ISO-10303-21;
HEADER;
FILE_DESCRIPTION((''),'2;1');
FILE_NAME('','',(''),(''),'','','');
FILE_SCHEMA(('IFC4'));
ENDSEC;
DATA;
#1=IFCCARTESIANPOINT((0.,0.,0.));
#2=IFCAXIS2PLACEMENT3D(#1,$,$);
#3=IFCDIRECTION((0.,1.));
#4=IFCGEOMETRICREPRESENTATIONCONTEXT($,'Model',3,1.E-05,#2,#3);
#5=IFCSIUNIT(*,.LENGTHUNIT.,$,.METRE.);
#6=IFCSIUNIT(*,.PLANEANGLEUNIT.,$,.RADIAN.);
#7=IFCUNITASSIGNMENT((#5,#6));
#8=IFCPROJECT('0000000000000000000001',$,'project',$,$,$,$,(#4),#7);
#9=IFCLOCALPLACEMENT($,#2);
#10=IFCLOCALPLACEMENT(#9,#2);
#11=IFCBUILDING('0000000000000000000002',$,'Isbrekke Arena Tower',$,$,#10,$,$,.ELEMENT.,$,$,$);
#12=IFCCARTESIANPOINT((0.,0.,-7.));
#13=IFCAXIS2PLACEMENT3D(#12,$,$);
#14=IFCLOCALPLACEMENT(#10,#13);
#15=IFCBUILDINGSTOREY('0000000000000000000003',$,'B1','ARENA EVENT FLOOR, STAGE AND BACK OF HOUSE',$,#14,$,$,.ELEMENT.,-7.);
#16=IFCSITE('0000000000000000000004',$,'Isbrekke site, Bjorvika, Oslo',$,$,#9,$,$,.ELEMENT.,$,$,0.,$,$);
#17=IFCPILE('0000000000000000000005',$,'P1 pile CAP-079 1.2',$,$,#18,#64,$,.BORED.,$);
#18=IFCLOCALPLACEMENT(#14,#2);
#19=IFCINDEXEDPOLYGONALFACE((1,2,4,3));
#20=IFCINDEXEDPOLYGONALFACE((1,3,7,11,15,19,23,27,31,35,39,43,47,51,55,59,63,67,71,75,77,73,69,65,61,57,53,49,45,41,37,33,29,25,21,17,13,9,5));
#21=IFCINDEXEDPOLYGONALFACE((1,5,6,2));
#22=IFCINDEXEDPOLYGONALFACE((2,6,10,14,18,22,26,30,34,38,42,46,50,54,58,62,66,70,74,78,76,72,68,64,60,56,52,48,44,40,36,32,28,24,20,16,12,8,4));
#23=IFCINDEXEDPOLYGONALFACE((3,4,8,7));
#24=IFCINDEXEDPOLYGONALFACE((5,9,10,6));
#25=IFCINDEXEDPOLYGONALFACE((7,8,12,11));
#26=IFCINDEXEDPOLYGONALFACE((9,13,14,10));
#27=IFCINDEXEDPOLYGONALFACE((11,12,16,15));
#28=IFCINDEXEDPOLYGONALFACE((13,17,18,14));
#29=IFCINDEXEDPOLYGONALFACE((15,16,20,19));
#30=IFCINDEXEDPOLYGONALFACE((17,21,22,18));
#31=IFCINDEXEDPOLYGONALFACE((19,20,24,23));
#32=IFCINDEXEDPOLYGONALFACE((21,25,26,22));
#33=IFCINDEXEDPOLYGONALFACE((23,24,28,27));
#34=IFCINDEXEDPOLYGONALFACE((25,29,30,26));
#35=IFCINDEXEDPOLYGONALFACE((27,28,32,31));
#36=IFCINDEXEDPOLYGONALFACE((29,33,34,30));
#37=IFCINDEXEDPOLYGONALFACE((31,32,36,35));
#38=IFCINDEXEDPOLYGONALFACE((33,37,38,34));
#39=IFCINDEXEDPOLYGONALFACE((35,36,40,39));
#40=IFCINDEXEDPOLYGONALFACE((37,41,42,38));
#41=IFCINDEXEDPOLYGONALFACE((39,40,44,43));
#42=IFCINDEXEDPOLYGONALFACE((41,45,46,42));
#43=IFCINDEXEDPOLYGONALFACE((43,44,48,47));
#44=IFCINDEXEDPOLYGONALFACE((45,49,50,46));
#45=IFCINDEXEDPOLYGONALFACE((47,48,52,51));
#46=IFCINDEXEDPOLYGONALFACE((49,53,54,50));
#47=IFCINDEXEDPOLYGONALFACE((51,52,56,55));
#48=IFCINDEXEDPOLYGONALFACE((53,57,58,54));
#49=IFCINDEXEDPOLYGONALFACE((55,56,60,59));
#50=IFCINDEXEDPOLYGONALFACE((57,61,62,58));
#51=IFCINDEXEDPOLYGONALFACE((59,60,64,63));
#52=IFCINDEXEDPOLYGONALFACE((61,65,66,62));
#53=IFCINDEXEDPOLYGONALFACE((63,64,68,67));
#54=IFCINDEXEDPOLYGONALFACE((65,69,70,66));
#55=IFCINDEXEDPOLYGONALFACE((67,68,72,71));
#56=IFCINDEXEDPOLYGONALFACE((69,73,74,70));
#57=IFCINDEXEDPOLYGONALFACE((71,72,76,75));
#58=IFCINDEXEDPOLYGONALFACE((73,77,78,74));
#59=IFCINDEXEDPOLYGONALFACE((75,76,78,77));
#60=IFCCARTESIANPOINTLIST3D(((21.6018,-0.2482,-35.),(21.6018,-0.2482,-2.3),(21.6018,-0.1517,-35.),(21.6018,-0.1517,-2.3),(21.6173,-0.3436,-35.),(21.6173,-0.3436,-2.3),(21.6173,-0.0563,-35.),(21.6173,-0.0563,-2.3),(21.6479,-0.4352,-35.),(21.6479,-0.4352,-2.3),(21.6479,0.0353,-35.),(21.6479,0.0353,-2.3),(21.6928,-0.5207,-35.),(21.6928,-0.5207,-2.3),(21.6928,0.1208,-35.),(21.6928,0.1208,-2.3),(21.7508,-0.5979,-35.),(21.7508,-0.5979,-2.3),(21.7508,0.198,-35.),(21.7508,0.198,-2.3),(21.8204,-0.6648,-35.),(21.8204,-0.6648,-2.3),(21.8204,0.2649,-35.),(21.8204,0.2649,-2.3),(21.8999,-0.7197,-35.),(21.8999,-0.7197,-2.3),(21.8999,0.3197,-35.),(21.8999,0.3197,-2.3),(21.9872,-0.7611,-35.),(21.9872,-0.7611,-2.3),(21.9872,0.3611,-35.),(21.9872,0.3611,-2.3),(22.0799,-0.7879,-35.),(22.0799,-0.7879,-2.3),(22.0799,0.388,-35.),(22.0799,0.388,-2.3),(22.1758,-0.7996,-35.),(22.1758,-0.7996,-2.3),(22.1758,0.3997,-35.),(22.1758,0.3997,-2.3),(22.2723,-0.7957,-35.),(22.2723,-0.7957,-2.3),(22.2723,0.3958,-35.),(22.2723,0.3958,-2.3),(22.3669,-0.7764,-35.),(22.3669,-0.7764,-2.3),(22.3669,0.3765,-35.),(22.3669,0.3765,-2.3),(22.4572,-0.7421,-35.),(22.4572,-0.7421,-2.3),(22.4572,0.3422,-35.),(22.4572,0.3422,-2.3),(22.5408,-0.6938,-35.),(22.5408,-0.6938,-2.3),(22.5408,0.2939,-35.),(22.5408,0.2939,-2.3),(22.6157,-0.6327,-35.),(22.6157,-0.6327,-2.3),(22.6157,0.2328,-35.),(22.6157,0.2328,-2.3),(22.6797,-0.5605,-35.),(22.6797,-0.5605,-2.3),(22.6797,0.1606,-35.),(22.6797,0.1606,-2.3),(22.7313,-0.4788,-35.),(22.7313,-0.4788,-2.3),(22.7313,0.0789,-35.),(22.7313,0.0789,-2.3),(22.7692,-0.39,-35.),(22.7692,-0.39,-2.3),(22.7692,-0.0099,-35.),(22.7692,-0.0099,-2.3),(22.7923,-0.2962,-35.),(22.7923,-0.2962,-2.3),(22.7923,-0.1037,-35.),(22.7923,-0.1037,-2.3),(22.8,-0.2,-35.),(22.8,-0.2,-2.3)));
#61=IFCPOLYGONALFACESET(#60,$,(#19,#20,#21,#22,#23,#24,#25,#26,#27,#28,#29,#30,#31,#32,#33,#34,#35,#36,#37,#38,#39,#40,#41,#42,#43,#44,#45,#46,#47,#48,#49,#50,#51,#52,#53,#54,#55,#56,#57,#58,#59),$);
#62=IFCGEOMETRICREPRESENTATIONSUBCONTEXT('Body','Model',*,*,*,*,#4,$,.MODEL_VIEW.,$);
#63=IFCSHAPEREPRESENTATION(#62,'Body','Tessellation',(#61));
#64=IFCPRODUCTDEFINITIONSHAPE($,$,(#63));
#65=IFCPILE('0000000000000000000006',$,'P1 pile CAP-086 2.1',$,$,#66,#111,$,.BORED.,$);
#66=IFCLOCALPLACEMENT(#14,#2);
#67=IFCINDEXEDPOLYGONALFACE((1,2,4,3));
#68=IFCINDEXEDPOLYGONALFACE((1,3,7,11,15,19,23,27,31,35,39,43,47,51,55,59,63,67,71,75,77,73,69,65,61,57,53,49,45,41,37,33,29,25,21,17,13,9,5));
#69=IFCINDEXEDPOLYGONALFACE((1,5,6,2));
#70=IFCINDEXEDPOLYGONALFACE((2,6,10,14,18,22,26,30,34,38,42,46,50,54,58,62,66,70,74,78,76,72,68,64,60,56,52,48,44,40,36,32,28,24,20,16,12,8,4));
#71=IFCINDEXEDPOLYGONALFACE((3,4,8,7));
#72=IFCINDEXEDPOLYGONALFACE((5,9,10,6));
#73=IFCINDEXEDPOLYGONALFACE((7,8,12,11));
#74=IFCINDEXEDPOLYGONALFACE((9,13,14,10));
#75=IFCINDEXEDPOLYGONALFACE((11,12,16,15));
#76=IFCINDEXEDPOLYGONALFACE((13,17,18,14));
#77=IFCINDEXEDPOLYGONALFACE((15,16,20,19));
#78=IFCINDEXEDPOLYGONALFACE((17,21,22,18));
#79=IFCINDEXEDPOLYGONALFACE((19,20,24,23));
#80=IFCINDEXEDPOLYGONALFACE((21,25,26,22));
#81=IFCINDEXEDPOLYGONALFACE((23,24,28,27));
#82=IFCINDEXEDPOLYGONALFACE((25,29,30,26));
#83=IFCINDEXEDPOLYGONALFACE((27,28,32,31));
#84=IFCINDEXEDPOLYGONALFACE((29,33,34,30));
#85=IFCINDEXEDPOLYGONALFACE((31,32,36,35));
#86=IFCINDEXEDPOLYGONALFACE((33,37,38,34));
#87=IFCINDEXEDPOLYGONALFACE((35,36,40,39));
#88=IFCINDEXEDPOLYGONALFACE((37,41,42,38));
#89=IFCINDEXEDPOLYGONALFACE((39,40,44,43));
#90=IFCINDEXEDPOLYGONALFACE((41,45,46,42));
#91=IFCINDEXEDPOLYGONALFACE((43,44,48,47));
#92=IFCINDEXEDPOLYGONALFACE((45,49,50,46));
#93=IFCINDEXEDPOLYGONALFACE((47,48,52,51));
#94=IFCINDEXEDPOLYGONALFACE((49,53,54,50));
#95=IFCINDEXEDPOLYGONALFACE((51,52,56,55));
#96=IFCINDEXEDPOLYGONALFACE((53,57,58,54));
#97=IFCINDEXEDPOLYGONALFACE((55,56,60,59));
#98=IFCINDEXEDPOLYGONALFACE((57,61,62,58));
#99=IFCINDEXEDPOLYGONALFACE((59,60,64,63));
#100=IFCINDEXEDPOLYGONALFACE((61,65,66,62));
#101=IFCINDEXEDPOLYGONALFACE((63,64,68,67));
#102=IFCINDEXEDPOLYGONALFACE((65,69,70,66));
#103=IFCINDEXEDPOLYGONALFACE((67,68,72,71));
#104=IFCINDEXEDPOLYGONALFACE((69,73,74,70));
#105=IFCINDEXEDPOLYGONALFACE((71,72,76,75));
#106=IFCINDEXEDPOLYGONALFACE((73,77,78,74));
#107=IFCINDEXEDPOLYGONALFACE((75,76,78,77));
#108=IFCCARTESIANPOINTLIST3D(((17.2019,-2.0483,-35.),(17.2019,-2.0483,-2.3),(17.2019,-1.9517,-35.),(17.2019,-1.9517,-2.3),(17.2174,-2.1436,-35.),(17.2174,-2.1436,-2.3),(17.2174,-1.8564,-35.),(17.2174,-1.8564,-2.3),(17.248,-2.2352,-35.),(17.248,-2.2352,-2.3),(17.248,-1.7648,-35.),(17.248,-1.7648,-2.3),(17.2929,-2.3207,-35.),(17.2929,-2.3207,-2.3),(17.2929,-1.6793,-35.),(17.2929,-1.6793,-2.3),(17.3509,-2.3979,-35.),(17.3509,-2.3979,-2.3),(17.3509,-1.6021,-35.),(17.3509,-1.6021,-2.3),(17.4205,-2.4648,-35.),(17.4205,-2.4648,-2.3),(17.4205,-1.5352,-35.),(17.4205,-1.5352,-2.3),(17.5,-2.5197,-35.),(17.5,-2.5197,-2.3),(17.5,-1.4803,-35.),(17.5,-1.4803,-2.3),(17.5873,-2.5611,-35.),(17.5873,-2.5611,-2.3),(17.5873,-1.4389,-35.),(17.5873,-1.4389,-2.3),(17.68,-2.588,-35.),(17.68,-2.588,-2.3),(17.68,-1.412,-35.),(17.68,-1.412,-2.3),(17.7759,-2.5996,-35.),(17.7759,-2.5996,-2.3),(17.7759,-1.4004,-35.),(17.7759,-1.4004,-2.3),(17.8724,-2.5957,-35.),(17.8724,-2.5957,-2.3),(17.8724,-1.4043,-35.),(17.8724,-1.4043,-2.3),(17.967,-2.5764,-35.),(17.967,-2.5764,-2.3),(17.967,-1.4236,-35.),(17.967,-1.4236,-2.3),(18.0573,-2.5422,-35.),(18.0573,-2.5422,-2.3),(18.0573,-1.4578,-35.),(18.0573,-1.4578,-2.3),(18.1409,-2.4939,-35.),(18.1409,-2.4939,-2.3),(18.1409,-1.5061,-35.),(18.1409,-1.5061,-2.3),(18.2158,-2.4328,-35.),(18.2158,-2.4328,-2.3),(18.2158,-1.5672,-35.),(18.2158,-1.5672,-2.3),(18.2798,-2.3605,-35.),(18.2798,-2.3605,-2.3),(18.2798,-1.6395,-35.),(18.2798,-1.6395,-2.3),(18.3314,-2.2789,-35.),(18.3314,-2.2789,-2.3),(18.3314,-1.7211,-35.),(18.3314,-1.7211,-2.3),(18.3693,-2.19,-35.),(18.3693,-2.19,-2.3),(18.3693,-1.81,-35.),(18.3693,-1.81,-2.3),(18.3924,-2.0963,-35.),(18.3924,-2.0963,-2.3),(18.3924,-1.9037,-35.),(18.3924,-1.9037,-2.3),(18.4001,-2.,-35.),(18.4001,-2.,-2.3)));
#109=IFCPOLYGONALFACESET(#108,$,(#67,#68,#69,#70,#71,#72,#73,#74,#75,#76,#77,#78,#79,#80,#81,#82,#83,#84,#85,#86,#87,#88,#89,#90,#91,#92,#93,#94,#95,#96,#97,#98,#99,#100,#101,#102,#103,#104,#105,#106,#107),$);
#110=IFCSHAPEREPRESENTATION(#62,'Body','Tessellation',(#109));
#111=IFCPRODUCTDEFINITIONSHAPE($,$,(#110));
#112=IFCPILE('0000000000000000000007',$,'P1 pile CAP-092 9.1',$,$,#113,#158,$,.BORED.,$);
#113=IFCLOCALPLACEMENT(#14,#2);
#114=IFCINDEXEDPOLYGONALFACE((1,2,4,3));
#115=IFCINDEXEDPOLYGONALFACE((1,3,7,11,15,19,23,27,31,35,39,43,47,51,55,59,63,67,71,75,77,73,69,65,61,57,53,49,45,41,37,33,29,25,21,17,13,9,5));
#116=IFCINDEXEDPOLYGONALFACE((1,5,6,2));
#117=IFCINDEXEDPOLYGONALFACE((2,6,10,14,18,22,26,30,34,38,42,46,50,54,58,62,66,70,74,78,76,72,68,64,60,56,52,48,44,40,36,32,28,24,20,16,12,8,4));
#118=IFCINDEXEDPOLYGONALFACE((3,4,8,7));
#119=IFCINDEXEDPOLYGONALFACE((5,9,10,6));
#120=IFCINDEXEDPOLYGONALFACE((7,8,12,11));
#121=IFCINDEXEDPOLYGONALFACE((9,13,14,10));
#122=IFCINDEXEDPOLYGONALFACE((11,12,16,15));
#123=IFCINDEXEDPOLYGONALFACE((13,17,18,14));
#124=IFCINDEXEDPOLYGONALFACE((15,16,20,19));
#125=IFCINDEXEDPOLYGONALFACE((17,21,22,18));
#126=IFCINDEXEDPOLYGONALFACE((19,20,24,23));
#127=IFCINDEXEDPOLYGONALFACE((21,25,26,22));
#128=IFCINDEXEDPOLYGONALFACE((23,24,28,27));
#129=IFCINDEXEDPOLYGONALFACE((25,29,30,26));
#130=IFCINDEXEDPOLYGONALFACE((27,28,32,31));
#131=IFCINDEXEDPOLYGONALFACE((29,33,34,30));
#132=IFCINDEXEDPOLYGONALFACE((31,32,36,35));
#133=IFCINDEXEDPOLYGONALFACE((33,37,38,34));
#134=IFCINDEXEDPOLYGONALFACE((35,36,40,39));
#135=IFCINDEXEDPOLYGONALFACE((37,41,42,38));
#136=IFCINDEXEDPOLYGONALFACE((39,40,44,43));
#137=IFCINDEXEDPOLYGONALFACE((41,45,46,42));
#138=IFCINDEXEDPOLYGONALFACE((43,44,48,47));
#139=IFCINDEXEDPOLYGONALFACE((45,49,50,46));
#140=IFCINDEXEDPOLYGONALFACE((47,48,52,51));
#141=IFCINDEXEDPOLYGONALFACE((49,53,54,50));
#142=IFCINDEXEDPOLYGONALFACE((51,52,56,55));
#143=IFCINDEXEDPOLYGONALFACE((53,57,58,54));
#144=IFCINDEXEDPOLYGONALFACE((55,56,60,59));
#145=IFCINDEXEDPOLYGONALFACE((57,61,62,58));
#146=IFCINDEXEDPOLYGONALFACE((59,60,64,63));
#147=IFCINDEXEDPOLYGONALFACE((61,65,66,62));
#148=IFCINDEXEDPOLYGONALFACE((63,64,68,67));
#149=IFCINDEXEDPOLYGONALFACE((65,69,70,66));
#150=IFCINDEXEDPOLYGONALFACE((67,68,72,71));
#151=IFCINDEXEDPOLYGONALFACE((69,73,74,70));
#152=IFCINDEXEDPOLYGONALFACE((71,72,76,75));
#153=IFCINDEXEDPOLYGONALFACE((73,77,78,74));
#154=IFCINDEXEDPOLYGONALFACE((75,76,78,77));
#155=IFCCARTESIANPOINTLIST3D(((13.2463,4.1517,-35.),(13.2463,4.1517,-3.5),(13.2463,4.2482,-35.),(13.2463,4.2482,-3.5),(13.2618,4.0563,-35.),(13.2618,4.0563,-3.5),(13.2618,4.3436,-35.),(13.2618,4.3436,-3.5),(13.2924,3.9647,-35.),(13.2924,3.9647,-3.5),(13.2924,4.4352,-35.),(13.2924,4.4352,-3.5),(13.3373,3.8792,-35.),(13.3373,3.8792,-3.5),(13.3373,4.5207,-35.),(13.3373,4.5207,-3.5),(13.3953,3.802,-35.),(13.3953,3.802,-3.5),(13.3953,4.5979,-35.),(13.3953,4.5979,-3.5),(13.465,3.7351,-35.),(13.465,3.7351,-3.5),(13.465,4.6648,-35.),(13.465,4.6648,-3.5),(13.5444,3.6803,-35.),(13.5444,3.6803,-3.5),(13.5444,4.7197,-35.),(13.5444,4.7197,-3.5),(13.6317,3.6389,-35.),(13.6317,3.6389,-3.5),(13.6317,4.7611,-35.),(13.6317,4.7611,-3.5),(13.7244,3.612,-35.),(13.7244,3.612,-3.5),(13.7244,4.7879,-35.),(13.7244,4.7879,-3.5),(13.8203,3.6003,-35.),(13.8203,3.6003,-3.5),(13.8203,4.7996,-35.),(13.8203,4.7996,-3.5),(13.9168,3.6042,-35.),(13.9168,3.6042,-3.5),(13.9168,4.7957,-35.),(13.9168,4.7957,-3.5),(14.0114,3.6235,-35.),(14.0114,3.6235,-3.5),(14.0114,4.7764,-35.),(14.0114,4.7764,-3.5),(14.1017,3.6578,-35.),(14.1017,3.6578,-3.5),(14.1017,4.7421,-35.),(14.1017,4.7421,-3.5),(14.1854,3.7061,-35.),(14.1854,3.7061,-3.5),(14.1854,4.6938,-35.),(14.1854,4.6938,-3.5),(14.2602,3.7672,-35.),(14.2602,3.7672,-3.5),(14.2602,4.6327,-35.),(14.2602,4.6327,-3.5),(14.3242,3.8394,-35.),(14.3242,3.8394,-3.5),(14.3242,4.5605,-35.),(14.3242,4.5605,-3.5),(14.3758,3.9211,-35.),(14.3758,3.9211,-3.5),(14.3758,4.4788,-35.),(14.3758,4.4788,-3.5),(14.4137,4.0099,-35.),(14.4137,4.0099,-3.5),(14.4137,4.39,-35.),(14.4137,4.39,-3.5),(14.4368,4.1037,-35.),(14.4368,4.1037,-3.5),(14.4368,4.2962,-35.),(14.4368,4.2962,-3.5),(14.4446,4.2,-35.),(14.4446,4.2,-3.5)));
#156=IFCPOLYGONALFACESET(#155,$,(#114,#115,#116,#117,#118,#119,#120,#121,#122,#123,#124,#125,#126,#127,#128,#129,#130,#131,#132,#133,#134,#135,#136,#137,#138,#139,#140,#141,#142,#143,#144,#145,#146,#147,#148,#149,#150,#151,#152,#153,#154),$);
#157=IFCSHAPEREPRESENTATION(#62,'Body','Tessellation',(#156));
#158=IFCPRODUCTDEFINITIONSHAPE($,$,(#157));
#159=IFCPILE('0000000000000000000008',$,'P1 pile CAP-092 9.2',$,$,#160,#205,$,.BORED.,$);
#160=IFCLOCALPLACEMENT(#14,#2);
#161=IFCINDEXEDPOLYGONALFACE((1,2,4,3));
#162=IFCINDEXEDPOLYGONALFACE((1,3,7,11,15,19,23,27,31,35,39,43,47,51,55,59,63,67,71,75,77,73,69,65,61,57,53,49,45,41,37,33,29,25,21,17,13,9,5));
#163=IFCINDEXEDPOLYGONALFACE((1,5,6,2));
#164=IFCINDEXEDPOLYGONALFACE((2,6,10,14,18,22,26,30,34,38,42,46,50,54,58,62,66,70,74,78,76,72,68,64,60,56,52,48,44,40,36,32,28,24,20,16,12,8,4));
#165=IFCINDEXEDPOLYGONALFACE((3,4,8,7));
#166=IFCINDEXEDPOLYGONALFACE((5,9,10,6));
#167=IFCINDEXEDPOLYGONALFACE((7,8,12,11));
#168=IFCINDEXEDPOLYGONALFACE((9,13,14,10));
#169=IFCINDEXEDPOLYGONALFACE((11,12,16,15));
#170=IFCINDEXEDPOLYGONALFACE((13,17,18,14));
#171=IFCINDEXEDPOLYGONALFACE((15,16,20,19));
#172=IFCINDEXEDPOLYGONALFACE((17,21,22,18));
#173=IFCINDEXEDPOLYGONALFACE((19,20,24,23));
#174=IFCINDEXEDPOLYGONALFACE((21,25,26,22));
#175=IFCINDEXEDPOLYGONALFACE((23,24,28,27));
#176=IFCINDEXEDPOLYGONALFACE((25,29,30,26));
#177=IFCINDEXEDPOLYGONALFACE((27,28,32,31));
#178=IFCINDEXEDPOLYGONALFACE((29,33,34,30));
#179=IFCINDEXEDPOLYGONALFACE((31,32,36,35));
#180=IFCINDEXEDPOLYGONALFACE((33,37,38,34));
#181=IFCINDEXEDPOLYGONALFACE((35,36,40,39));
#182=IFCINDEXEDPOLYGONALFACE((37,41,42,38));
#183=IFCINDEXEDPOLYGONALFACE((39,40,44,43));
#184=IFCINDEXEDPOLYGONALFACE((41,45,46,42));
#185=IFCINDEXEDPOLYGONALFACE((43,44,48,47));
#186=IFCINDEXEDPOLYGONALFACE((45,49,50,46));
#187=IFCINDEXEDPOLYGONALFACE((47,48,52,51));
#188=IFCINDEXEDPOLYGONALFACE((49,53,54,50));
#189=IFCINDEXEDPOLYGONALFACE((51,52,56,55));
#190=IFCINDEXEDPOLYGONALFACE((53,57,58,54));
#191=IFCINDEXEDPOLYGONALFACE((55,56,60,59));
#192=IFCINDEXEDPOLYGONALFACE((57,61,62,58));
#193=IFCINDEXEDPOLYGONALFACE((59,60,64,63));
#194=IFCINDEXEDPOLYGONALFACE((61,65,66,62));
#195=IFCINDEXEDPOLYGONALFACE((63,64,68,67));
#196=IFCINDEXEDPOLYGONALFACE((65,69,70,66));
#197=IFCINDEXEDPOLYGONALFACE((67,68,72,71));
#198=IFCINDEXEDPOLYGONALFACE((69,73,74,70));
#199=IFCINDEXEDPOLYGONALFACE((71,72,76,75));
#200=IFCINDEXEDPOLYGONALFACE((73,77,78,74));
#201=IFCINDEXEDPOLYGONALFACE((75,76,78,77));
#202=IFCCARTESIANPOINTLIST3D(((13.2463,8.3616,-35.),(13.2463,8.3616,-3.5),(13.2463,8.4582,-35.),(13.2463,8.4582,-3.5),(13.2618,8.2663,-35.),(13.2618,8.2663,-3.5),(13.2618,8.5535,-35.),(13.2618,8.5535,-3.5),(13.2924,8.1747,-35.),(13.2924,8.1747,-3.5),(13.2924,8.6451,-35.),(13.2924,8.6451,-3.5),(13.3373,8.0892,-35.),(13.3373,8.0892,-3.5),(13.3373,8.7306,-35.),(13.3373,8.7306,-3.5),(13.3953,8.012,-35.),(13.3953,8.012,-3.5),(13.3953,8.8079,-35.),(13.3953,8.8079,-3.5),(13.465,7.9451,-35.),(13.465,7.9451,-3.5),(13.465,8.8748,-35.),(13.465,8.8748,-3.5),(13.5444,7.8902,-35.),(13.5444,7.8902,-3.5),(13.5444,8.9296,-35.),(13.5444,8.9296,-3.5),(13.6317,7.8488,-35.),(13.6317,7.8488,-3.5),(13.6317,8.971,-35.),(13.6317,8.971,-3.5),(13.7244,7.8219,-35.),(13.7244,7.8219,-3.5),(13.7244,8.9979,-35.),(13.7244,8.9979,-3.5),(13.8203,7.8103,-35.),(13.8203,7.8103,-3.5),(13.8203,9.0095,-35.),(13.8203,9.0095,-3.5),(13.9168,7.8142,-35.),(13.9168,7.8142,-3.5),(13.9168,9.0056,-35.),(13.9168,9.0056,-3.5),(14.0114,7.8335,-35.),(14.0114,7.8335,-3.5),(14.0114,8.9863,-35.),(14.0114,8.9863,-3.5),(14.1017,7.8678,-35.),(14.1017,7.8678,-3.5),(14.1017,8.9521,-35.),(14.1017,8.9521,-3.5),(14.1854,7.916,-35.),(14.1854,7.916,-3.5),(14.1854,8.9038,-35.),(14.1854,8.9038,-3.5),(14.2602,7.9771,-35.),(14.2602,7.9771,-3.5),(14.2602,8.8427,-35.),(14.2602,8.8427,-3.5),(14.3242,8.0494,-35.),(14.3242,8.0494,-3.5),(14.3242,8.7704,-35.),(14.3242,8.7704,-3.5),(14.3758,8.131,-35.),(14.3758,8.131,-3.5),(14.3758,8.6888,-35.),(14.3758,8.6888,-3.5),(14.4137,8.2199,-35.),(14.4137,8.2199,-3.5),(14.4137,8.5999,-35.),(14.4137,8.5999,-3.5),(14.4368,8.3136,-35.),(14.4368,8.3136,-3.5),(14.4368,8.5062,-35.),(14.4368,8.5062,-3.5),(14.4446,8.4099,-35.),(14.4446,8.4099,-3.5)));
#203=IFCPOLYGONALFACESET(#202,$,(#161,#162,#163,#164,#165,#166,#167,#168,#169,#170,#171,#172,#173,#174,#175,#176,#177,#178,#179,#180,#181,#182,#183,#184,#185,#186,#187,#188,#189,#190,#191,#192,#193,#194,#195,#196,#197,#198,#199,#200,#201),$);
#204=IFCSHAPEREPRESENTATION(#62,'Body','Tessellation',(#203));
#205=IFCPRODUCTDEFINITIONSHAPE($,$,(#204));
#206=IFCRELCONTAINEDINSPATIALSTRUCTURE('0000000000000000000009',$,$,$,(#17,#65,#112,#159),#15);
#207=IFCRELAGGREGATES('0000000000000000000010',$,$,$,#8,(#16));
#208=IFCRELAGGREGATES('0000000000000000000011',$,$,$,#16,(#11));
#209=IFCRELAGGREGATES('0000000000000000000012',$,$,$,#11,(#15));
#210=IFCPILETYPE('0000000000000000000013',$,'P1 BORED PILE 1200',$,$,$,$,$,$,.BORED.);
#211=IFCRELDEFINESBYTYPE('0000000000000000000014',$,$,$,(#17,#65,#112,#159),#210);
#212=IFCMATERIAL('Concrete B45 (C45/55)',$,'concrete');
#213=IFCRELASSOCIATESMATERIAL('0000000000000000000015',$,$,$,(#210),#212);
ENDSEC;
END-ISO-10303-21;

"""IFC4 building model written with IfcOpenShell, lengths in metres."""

from ifc_helpers import new_model, si_unit, direction, frame, origin, origin_2d, place, context, subcontext, project, spatial, circle, extrude, material, material_profile, profile_set, type_object, element, save


model = new_model("IFC4")

# Units and contexts
model_context = context("Model", 3, precision=1e-05, world=origin(), true_north=direction((0.0, 1.0)))
body_context = subcontext(model_context, "Body", "Model", "MODEL_VIEW")
ifc_project = project(units=[si_unit("LENGTHUNIT", "METRE"), si_unit("PLANEANGLEUNIT", "RADIAN")], contexts=[model_context])

# Site, building, storey
site_placement = place(None, origin())
site = spatial("IfcSite", under=ifc_project, at=site_placement, Name="Isbrekke site, Bjorvika, Oslo", CompositionType="ELEMENT", RefElevation=0.0)
building_placement = place(site_placement, origin())
building = spatial("IfcBuilding", under=site, at=building_placement, Name="Isbrekke Arena Tower", CompositionType="ELEMENT")
storey_placement = place(building_placement, frame((0.0, 0.0, -7.0)))
storey = spatial("IfcBuildingStorey", under=building, at=storey_placement, Name="B1", Description="ARENA EVENT FLOOR, STAGE AND BACK OF HOUSE", CompositionType="ELEMENT", Elevation=-7.0)

# Piles
ifc_material_1 = material(Name="Concrete B45 (C45/55)", Category="concrete")
ifc_material_profile_1 = material_profile(ifc_material_1, circle(Radius=0.6001, at=origin_2d()), Name="BORED PILE D1200")
ifc_profile_set_1 = profile_set([ifc_material_profile_1], Name="Concrete B45 (C45/55)")
pile_type = type_object("IfcPileType", Name="P1 BORED PILE 1200", PredefinedType="BORED", material=ifc_profile_set_1)
for number, where, z_axis, x_axis, name in (
    (1, (22.2, -0.2, -2.3), (0.0, 0.0, -1.0), (1.0, 0.0, 0.0), "P1 pile CAP-079 1.2"),
    (2, (17.8, -2.0, -2.3), (0.0, 0.0, -1.0), (1.0, 0.0, 0.0), "P1 pile CAP-086 2.1"),
):
    element("IfcPile", number, at=place(storey_placement, frame(where, z_axis=z_axis, x_axis=x_axis)), inside=storey, type_object=pile_type, Name=name, PredefinedType="BORED", context=body_context, shape_type="SweptSolid", body=[
        extrude(circle(Radius=0.6001, at=origin_2d()), origin(), (0.0, 0.0, 1.0), 32.7),
    ])
for number, where, z_axis, x_axis, name in (
    (3, (13.8445, 4.2, -3.5), (0.0, 0.0, -1.0), (1.0, 0.0, 0.0), "P1 pile CAP-092 9.1"),
    (4, (13.8445, 8.4099, -3.5), (0.0, 0.0, -1.0), (1.0, 0.0, 0.0), "P1 pile CAP-092 9.2"),
):
    element("IfcPile", number, at=place(storey_placement, frame(where, z_axis=z_axis, x_axis=x_axis)), inside=storey, type_object=pile_type, Name=name, PredefinedType="BORED", context=body_context, shape_type="SweptSolid", body=[
        extrude(circle(Radius=0.6001, at=origin_2d()), origin(), (0.0, 0.0, 1.0), 31.5),
    ])

save(model, "model.ifc")
